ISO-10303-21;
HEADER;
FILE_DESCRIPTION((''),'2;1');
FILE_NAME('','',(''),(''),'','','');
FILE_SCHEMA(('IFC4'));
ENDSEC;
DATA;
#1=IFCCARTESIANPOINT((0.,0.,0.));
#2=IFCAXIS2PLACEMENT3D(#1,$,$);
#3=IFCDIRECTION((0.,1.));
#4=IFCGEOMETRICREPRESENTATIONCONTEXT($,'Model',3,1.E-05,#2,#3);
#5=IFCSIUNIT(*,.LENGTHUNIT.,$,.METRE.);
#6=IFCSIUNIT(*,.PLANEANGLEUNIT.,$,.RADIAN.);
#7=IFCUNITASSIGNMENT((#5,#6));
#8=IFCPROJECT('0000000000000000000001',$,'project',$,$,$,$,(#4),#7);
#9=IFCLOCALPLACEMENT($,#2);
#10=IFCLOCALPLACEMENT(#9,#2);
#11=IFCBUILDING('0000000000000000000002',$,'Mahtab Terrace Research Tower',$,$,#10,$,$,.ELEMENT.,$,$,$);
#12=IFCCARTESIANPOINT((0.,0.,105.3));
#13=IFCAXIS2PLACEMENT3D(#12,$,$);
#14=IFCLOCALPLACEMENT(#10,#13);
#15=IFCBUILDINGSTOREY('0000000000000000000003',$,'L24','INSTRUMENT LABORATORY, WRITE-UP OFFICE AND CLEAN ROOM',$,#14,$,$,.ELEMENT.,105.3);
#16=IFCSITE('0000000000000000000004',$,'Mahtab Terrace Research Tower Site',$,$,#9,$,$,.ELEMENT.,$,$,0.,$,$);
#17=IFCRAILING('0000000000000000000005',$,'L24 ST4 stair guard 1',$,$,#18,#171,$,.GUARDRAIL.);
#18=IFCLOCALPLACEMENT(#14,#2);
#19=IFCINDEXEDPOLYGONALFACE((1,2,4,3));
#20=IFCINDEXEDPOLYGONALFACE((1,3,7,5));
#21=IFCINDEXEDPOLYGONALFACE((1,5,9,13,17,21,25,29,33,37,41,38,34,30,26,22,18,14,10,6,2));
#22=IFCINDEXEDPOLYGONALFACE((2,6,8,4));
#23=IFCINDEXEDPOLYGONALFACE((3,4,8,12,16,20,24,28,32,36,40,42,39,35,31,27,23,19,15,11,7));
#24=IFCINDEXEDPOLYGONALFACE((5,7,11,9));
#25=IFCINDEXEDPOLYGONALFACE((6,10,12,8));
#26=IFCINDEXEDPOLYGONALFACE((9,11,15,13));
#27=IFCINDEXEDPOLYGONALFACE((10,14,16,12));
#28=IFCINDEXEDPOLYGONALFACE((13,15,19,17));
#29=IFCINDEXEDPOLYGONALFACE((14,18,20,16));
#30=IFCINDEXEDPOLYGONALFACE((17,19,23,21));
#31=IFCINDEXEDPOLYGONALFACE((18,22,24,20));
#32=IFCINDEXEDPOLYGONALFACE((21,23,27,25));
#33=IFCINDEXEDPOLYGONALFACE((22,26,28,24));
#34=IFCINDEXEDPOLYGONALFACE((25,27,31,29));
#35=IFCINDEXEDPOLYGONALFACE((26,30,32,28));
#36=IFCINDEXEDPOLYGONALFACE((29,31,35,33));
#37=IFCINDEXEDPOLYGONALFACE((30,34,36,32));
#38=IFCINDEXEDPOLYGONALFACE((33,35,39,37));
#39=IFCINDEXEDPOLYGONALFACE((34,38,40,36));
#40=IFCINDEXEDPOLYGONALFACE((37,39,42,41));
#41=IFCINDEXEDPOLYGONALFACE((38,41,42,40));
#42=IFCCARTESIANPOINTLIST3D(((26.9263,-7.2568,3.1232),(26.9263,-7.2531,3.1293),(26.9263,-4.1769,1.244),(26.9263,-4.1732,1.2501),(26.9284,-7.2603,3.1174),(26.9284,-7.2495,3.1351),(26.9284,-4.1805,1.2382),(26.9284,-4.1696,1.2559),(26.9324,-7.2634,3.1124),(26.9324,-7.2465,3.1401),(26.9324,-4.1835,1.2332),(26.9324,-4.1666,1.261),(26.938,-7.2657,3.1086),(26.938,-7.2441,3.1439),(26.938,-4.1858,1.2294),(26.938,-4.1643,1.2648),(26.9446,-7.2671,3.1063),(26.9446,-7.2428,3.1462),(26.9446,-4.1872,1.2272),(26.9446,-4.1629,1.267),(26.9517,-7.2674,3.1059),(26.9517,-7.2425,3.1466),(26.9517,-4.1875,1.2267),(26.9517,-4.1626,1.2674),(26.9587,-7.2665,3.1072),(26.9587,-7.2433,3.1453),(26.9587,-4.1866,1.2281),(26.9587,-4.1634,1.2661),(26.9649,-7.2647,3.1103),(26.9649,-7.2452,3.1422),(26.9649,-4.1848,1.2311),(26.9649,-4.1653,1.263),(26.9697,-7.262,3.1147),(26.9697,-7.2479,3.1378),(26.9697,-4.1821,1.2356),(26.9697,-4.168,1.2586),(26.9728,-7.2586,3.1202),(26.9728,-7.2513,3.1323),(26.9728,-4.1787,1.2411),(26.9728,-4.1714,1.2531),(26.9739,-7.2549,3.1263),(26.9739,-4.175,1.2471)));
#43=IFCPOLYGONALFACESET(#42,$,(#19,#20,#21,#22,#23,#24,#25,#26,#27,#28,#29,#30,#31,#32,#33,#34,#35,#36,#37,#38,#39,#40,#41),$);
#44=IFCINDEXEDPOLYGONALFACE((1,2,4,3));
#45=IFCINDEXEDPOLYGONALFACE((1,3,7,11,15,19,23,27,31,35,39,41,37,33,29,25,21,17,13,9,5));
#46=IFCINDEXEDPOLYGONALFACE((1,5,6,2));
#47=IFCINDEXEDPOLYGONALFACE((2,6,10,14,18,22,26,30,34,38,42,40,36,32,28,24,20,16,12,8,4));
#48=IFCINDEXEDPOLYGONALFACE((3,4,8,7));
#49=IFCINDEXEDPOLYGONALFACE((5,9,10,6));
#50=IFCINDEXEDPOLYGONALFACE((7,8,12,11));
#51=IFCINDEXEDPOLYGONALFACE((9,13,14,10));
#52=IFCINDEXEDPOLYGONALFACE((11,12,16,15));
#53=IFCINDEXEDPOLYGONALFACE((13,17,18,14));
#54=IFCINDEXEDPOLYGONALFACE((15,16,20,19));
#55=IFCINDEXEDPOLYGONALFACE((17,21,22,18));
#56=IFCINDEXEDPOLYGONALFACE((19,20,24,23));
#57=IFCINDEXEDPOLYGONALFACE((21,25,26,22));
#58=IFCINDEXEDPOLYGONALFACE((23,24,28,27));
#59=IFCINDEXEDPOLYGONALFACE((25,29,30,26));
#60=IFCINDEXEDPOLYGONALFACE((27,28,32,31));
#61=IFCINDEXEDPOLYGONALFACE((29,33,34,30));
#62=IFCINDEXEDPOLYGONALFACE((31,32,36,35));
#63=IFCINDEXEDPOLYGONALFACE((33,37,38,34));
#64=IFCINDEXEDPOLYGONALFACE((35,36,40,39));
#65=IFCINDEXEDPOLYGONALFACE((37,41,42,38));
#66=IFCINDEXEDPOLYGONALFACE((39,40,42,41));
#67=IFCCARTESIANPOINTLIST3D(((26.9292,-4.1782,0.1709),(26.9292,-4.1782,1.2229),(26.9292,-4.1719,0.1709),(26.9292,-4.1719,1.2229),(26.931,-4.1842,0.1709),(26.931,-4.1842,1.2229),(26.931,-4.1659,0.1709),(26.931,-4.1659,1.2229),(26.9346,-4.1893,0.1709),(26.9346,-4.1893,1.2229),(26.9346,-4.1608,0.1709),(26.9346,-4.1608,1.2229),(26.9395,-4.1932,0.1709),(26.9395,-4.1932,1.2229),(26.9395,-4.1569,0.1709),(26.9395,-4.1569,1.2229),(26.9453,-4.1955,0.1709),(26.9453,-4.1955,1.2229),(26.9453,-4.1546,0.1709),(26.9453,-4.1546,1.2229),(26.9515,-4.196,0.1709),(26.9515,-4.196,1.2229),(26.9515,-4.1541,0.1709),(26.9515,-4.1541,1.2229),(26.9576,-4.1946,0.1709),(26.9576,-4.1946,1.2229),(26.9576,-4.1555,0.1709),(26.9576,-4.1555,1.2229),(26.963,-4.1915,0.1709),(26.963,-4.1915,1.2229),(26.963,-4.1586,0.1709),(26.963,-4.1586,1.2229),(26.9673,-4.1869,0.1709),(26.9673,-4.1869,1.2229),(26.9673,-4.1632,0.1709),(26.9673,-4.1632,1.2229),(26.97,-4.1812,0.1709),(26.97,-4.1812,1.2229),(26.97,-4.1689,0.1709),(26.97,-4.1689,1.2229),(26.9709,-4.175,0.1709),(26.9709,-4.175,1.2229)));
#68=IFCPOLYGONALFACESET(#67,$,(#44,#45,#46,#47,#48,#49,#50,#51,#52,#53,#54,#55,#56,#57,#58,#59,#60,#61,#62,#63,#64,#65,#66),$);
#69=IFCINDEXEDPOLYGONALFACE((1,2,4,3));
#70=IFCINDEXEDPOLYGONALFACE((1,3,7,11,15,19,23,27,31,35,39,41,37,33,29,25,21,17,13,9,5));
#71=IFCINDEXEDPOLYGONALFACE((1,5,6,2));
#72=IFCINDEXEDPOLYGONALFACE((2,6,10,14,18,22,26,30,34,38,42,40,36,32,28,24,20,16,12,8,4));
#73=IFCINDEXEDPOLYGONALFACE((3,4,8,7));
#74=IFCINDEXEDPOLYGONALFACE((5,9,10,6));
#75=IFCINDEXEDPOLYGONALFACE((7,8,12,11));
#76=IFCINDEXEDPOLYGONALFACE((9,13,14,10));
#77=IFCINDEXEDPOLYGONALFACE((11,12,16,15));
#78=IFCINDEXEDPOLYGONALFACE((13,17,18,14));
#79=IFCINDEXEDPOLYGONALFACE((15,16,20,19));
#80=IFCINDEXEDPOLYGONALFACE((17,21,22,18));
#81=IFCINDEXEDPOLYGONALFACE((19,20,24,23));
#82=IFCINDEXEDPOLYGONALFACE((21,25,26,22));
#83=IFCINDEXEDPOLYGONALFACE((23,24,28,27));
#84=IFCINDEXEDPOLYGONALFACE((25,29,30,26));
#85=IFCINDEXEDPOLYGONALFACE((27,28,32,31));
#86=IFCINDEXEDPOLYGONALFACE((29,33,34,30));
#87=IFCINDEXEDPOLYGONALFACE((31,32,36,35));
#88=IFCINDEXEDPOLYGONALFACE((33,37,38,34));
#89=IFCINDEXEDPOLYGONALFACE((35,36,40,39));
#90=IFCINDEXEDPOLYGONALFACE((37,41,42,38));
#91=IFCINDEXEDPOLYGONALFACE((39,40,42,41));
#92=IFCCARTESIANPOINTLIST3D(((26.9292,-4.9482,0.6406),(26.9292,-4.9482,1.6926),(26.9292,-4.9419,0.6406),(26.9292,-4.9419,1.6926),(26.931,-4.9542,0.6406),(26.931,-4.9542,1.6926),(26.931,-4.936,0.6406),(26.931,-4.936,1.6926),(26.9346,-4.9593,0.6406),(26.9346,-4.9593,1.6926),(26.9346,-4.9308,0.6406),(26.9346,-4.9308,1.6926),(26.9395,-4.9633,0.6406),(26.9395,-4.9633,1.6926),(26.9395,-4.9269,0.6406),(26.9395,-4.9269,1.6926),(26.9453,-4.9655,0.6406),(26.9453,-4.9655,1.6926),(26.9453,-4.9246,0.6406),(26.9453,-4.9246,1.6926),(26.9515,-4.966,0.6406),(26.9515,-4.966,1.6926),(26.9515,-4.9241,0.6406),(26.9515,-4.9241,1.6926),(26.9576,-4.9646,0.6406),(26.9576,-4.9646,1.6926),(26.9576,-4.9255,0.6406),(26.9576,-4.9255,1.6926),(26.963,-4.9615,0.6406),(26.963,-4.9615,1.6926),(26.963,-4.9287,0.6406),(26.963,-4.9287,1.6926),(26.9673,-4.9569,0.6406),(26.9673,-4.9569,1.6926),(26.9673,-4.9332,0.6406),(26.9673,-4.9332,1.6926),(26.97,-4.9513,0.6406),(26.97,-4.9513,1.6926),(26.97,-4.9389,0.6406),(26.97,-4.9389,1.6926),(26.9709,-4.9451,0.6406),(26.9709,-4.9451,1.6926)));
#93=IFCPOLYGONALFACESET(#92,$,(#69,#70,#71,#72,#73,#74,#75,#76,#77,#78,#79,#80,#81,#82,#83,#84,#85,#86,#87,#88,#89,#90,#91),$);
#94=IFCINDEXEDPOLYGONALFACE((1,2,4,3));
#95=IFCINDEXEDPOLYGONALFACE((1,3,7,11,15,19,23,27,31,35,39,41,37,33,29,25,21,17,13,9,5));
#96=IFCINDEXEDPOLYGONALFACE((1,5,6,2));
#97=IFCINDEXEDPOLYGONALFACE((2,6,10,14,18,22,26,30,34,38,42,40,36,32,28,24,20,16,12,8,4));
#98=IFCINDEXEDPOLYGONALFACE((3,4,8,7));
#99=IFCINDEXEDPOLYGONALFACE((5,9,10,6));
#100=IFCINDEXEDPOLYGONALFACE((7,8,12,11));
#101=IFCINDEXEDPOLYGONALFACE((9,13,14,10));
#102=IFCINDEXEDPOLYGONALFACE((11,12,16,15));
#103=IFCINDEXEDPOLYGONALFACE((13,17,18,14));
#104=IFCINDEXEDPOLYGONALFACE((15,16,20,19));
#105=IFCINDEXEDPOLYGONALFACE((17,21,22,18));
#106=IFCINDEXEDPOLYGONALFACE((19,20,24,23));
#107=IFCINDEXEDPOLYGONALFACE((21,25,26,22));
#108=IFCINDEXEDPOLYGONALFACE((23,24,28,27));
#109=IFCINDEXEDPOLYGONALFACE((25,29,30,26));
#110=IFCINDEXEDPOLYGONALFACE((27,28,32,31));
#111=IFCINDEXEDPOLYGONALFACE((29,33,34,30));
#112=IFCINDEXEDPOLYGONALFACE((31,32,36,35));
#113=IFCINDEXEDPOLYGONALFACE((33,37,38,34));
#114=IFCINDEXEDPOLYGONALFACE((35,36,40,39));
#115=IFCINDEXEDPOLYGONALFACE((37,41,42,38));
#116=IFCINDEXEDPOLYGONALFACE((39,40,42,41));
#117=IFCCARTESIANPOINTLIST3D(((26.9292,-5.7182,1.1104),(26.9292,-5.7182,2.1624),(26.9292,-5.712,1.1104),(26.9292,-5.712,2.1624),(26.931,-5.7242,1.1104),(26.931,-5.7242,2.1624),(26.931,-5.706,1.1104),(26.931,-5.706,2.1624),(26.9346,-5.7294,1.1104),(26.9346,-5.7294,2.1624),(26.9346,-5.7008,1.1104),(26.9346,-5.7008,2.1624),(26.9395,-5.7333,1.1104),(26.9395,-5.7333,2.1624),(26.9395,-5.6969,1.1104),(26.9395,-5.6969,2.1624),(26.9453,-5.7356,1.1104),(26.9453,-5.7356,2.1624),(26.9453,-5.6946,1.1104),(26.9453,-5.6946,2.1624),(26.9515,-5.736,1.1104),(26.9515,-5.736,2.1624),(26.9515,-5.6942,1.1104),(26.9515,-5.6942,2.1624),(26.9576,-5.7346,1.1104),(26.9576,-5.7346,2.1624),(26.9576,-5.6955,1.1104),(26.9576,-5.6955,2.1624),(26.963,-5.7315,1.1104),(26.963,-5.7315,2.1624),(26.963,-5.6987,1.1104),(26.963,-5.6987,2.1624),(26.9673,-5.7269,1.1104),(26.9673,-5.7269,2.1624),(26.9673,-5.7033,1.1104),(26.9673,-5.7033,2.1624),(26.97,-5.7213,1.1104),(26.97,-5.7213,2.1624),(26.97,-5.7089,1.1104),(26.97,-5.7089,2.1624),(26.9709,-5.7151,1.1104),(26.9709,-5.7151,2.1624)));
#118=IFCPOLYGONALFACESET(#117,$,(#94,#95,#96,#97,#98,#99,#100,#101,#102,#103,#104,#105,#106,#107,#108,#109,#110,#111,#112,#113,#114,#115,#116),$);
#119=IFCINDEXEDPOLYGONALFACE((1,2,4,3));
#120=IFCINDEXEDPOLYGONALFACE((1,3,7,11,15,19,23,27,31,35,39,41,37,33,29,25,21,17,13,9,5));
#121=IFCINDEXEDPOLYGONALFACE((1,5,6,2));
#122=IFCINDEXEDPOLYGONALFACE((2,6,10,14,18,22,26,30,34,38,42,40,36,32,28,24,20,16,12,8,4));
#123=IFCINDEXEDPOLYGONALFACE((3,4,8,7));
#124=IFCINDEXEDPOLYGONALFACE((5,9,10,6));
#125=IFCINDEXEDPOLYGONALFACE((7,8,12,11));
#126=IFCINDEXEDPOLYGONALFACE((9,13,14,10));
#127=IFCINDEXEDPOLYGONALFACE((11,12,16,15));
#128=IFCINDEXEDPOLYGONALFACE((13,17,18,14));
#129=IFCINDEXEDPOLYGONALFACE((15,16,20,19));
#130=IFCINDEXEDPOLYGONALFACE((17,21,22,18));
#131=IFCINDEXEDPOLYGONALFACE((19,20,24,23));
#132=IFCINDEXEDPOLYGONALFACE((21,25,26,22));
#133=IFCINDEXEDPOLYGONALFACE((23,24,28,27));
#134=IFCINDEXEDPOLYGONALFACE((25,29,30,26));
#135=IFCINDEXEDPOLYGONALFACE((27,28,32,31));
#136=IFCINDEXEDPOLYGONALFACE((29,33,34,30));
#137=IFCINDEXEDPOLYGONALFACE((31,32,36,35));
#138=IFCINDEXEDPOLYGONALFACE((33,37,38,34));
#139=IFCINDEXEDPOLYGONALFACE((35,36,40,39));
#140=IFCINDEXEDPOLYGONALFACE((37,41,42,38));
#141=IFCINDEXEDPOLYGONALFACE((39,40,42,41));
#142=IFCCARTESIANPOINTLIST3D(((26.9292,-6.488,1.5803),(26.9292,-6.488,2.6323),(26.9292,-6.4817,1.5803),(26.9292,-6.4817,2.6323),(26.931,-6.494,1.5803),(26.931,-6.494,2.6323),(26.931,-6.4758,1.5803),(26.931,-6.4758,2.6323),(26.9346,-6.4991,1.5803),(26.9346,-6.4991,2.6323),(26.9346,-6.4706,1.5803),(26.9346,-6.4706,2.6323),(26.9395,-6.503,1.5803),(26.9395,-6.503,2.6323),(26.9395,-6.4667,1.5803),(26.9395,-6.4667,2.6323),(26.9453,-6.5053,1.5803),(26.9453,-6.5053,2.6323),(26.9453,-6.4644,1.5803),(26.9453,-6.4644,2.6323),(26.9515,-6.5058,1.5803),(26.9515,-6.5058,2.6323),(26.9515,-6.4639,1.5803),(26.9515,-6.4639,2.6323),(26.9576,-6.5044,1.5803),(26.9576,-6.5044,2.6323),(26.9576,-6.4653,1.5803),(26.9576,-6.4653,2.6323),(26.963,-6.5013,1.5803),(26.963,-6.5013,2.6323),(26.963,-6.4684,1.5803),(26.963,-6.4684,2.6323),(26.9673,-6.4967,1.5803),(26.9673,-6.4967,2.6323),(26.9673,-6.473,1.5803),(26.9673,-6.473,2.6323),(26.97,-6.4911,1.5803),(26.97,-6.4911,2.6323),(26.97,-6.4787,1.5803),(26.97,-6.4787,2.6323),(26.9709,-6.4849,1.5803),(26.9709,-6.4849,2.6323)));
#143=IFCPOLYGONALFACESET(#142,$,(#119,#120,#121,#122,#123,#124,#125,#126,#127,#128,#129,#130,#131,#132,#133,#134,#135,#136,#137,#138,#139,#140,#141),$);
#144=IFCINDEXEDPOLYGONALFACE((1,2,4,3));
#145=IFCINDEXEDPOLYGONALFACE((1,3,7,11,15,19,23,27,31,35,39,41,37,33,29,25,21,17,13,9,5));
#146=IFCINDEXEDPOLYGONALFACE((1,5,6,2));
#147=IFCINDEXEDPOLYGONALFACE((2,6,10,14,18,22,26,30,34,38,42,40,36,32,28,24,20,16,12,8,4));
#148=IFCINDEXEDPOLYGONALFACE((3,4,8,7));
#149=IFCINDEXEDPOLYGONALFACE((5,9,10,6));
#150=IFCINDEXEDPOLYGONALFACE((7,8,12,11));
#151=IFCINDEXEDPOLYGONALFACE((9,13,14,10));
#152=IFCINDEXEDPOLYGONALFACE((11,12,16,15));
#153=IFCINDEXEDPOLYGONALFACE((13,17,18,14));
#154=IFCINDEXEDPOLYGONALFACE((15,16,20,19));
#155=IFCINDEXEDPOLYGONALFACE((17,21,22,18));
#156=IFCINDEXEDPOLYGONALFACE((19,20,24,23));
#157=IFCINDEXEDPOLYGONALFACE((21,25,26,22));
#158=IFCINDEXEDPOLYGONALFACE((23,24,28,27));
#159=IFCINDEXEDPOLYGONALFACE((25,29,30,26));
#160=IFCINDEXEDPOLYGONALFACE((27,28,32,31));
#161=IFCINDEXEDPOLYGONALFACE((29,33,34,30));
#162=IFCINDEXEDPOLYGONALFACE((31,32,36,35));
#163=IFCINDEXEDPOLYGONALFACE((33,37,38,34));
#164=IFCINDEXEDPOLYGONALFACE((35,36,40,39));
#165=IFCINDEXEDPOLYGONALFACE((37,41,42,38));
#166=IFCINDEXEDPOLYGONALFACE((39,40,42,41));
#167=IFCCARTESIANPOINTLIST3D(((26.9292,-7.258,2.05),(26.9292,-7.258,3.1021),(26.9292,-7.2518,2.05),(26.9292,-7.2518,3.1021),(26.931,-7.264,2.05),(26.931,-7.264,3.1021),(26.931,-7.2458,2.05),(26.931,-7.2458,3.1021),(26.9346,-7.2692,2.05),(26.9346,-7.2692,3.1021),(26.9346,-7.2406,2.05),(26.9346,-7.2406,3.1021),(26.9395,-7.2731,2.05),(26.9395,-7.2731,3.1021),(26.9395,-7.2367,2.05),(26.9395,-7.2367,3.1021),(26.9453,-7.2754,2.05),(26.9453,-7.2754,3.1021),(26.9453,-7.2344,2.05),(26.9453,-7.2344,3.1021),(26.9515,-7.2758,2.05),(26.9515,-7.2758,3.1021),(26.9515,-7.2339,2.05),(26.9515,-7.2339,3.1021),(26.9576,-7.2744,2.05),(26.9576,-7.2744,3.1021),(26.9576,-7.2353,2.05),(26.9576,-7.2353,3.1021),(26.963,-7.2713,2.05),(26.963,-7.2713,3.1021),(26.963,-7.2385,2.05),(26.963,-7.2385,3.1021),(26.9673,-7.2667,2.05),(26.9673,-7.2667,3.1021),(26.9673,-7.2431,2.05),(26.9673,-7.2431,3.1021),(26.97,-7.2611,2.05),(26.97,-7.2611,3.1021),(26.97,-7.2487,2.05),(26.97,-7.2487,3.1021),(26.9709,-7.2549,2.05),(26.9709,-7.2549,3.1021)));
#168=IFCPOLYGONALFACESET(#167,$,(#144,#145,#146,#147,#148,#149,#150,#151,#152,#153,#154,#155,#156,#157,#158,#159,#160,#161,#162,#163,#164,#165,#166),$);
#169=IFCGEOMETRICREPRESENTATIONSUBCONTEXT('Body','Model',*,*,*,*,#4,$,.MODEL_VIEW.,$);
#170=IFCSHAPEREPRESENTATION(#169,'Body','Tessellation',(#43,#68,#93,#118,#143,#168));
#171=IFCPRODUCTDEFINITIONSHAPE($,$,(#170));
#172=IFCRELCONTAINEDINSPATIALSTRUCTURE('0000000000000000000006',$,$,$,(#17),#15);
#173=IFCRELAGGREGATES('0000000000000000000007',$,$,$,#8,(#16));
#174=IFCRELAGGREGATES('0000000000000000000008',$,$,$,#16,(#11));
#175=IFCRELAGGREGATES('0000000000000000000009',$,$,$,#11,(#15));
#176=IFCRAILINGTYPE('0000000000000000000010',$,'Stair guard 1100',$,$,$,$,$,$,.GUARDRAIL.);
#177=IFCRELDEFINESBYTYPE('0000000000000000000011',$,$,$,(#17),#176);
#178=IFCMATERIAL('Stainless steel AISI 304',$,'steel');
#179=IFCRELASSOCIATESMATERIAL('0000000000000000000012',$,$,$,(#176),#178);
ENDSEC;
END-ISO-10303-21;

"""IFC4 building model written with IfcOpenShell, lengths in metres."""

from ifc_helpers import new_model, si_unit, direction, frame, origin, origin_2d, place, context, subcontext, project, spatial, circle, extrude, material, type_object, element, save


model = new_model("IFC4")

# Units and contexts
model_context = context("Model", 3, precision=1e-05, world=origin(), true_north=direction((0.0, 1.0)))
body_context = subcontext(model_context, "Body", "Model", "MODEL_VIEW")
ifc_project = project(units=[si_unit("LENGTHUNIT", "METRE"), si_unit("PLANEANGLEUNIT", "RADIAN")], contexts=[model_context])

# Site, building, storey
site_placement = place(None, origin())
site = spatial("IfcSite", under=ifc_project, at=site_placement, Name="Mahtab Terrace Research Tower Site", CompositionType="ELEMENT", RefElevation=0.0)
building_placement = place(site_placement, origin())
building = spatial("IfcBuilding", under=site, at=building_placement, Name="Mahtab Terrace Research Tower", CompositionType="ELEMENT")
storey_placement = place(building_placement, frame((0.0, 0.0, 105.3)))
storey = spatial("IfcBuildingStorey", under=building, at=storey_placement, Name="L24", Description="INSTRUMENT LABORATORY, WRITE-UP OFFICE AND CLEAN ROOM", CompositionType="ELEMENT", Elevation=105.3)

# Shared definitions
ifc_material_1 = material(Name="Stainless steel AISI 304", Category="steel")

# Railing
railing_type_1 = type_object("IfcRailingType", Name="Stair guard 1100", PredefinedType="GUARDRAIL", material=ifc_material_1)
railing_1_placement = place(storey_placement, frame((26.95, -4.175, 0.1709)))
element("IfcRailing", 1, at=railing_1_placement, inside=storey, type_object=railing_type_1, Name="L24 ST4 stair guard 1", PredefinedType="GUARDRAIL", context=body_context, shape_type="SweptSolid", body=[
    extrude(circle(Radius=0.0239, at=origin_2d()), frame((0.0, 0.0, 1.0762), z_axis=(0.0, -0.853648, 0.52085), x_axis=(1.0, 0.0, 0.0)), (0.0, 0.0, 1.0), 3.6079),
    extrude(circle(Radius=0.021, at=origin_2d()), origin(), (0.0, 0.0, 1.0), 1.052),
    extrude(circle(Radius=0.021, at=origin_2d()), frame((0.0, -0.77, 0.4697)), (0.0, 0.0, 1.0), 1.052),
    extrude(circle(Radius=0.021, at=origin_2d()), frame((0.0, -1.54, 0.9395)), (0.0, 0.0, 1.0), 1.052),
    extrude(circle(Radius=0.021, at=origin_2d()), frame((0.0, -2.3098, 1.4094)), (0.0, 0.0, 1.0), 1.052),
    extrude(circle(Radius=0.021, at=origin_2d()), frame((0.0, -3.0798, 1.8792)), (0.0, 0.0, 1.0), 1.052),
])

save(model, "model.ifc")
